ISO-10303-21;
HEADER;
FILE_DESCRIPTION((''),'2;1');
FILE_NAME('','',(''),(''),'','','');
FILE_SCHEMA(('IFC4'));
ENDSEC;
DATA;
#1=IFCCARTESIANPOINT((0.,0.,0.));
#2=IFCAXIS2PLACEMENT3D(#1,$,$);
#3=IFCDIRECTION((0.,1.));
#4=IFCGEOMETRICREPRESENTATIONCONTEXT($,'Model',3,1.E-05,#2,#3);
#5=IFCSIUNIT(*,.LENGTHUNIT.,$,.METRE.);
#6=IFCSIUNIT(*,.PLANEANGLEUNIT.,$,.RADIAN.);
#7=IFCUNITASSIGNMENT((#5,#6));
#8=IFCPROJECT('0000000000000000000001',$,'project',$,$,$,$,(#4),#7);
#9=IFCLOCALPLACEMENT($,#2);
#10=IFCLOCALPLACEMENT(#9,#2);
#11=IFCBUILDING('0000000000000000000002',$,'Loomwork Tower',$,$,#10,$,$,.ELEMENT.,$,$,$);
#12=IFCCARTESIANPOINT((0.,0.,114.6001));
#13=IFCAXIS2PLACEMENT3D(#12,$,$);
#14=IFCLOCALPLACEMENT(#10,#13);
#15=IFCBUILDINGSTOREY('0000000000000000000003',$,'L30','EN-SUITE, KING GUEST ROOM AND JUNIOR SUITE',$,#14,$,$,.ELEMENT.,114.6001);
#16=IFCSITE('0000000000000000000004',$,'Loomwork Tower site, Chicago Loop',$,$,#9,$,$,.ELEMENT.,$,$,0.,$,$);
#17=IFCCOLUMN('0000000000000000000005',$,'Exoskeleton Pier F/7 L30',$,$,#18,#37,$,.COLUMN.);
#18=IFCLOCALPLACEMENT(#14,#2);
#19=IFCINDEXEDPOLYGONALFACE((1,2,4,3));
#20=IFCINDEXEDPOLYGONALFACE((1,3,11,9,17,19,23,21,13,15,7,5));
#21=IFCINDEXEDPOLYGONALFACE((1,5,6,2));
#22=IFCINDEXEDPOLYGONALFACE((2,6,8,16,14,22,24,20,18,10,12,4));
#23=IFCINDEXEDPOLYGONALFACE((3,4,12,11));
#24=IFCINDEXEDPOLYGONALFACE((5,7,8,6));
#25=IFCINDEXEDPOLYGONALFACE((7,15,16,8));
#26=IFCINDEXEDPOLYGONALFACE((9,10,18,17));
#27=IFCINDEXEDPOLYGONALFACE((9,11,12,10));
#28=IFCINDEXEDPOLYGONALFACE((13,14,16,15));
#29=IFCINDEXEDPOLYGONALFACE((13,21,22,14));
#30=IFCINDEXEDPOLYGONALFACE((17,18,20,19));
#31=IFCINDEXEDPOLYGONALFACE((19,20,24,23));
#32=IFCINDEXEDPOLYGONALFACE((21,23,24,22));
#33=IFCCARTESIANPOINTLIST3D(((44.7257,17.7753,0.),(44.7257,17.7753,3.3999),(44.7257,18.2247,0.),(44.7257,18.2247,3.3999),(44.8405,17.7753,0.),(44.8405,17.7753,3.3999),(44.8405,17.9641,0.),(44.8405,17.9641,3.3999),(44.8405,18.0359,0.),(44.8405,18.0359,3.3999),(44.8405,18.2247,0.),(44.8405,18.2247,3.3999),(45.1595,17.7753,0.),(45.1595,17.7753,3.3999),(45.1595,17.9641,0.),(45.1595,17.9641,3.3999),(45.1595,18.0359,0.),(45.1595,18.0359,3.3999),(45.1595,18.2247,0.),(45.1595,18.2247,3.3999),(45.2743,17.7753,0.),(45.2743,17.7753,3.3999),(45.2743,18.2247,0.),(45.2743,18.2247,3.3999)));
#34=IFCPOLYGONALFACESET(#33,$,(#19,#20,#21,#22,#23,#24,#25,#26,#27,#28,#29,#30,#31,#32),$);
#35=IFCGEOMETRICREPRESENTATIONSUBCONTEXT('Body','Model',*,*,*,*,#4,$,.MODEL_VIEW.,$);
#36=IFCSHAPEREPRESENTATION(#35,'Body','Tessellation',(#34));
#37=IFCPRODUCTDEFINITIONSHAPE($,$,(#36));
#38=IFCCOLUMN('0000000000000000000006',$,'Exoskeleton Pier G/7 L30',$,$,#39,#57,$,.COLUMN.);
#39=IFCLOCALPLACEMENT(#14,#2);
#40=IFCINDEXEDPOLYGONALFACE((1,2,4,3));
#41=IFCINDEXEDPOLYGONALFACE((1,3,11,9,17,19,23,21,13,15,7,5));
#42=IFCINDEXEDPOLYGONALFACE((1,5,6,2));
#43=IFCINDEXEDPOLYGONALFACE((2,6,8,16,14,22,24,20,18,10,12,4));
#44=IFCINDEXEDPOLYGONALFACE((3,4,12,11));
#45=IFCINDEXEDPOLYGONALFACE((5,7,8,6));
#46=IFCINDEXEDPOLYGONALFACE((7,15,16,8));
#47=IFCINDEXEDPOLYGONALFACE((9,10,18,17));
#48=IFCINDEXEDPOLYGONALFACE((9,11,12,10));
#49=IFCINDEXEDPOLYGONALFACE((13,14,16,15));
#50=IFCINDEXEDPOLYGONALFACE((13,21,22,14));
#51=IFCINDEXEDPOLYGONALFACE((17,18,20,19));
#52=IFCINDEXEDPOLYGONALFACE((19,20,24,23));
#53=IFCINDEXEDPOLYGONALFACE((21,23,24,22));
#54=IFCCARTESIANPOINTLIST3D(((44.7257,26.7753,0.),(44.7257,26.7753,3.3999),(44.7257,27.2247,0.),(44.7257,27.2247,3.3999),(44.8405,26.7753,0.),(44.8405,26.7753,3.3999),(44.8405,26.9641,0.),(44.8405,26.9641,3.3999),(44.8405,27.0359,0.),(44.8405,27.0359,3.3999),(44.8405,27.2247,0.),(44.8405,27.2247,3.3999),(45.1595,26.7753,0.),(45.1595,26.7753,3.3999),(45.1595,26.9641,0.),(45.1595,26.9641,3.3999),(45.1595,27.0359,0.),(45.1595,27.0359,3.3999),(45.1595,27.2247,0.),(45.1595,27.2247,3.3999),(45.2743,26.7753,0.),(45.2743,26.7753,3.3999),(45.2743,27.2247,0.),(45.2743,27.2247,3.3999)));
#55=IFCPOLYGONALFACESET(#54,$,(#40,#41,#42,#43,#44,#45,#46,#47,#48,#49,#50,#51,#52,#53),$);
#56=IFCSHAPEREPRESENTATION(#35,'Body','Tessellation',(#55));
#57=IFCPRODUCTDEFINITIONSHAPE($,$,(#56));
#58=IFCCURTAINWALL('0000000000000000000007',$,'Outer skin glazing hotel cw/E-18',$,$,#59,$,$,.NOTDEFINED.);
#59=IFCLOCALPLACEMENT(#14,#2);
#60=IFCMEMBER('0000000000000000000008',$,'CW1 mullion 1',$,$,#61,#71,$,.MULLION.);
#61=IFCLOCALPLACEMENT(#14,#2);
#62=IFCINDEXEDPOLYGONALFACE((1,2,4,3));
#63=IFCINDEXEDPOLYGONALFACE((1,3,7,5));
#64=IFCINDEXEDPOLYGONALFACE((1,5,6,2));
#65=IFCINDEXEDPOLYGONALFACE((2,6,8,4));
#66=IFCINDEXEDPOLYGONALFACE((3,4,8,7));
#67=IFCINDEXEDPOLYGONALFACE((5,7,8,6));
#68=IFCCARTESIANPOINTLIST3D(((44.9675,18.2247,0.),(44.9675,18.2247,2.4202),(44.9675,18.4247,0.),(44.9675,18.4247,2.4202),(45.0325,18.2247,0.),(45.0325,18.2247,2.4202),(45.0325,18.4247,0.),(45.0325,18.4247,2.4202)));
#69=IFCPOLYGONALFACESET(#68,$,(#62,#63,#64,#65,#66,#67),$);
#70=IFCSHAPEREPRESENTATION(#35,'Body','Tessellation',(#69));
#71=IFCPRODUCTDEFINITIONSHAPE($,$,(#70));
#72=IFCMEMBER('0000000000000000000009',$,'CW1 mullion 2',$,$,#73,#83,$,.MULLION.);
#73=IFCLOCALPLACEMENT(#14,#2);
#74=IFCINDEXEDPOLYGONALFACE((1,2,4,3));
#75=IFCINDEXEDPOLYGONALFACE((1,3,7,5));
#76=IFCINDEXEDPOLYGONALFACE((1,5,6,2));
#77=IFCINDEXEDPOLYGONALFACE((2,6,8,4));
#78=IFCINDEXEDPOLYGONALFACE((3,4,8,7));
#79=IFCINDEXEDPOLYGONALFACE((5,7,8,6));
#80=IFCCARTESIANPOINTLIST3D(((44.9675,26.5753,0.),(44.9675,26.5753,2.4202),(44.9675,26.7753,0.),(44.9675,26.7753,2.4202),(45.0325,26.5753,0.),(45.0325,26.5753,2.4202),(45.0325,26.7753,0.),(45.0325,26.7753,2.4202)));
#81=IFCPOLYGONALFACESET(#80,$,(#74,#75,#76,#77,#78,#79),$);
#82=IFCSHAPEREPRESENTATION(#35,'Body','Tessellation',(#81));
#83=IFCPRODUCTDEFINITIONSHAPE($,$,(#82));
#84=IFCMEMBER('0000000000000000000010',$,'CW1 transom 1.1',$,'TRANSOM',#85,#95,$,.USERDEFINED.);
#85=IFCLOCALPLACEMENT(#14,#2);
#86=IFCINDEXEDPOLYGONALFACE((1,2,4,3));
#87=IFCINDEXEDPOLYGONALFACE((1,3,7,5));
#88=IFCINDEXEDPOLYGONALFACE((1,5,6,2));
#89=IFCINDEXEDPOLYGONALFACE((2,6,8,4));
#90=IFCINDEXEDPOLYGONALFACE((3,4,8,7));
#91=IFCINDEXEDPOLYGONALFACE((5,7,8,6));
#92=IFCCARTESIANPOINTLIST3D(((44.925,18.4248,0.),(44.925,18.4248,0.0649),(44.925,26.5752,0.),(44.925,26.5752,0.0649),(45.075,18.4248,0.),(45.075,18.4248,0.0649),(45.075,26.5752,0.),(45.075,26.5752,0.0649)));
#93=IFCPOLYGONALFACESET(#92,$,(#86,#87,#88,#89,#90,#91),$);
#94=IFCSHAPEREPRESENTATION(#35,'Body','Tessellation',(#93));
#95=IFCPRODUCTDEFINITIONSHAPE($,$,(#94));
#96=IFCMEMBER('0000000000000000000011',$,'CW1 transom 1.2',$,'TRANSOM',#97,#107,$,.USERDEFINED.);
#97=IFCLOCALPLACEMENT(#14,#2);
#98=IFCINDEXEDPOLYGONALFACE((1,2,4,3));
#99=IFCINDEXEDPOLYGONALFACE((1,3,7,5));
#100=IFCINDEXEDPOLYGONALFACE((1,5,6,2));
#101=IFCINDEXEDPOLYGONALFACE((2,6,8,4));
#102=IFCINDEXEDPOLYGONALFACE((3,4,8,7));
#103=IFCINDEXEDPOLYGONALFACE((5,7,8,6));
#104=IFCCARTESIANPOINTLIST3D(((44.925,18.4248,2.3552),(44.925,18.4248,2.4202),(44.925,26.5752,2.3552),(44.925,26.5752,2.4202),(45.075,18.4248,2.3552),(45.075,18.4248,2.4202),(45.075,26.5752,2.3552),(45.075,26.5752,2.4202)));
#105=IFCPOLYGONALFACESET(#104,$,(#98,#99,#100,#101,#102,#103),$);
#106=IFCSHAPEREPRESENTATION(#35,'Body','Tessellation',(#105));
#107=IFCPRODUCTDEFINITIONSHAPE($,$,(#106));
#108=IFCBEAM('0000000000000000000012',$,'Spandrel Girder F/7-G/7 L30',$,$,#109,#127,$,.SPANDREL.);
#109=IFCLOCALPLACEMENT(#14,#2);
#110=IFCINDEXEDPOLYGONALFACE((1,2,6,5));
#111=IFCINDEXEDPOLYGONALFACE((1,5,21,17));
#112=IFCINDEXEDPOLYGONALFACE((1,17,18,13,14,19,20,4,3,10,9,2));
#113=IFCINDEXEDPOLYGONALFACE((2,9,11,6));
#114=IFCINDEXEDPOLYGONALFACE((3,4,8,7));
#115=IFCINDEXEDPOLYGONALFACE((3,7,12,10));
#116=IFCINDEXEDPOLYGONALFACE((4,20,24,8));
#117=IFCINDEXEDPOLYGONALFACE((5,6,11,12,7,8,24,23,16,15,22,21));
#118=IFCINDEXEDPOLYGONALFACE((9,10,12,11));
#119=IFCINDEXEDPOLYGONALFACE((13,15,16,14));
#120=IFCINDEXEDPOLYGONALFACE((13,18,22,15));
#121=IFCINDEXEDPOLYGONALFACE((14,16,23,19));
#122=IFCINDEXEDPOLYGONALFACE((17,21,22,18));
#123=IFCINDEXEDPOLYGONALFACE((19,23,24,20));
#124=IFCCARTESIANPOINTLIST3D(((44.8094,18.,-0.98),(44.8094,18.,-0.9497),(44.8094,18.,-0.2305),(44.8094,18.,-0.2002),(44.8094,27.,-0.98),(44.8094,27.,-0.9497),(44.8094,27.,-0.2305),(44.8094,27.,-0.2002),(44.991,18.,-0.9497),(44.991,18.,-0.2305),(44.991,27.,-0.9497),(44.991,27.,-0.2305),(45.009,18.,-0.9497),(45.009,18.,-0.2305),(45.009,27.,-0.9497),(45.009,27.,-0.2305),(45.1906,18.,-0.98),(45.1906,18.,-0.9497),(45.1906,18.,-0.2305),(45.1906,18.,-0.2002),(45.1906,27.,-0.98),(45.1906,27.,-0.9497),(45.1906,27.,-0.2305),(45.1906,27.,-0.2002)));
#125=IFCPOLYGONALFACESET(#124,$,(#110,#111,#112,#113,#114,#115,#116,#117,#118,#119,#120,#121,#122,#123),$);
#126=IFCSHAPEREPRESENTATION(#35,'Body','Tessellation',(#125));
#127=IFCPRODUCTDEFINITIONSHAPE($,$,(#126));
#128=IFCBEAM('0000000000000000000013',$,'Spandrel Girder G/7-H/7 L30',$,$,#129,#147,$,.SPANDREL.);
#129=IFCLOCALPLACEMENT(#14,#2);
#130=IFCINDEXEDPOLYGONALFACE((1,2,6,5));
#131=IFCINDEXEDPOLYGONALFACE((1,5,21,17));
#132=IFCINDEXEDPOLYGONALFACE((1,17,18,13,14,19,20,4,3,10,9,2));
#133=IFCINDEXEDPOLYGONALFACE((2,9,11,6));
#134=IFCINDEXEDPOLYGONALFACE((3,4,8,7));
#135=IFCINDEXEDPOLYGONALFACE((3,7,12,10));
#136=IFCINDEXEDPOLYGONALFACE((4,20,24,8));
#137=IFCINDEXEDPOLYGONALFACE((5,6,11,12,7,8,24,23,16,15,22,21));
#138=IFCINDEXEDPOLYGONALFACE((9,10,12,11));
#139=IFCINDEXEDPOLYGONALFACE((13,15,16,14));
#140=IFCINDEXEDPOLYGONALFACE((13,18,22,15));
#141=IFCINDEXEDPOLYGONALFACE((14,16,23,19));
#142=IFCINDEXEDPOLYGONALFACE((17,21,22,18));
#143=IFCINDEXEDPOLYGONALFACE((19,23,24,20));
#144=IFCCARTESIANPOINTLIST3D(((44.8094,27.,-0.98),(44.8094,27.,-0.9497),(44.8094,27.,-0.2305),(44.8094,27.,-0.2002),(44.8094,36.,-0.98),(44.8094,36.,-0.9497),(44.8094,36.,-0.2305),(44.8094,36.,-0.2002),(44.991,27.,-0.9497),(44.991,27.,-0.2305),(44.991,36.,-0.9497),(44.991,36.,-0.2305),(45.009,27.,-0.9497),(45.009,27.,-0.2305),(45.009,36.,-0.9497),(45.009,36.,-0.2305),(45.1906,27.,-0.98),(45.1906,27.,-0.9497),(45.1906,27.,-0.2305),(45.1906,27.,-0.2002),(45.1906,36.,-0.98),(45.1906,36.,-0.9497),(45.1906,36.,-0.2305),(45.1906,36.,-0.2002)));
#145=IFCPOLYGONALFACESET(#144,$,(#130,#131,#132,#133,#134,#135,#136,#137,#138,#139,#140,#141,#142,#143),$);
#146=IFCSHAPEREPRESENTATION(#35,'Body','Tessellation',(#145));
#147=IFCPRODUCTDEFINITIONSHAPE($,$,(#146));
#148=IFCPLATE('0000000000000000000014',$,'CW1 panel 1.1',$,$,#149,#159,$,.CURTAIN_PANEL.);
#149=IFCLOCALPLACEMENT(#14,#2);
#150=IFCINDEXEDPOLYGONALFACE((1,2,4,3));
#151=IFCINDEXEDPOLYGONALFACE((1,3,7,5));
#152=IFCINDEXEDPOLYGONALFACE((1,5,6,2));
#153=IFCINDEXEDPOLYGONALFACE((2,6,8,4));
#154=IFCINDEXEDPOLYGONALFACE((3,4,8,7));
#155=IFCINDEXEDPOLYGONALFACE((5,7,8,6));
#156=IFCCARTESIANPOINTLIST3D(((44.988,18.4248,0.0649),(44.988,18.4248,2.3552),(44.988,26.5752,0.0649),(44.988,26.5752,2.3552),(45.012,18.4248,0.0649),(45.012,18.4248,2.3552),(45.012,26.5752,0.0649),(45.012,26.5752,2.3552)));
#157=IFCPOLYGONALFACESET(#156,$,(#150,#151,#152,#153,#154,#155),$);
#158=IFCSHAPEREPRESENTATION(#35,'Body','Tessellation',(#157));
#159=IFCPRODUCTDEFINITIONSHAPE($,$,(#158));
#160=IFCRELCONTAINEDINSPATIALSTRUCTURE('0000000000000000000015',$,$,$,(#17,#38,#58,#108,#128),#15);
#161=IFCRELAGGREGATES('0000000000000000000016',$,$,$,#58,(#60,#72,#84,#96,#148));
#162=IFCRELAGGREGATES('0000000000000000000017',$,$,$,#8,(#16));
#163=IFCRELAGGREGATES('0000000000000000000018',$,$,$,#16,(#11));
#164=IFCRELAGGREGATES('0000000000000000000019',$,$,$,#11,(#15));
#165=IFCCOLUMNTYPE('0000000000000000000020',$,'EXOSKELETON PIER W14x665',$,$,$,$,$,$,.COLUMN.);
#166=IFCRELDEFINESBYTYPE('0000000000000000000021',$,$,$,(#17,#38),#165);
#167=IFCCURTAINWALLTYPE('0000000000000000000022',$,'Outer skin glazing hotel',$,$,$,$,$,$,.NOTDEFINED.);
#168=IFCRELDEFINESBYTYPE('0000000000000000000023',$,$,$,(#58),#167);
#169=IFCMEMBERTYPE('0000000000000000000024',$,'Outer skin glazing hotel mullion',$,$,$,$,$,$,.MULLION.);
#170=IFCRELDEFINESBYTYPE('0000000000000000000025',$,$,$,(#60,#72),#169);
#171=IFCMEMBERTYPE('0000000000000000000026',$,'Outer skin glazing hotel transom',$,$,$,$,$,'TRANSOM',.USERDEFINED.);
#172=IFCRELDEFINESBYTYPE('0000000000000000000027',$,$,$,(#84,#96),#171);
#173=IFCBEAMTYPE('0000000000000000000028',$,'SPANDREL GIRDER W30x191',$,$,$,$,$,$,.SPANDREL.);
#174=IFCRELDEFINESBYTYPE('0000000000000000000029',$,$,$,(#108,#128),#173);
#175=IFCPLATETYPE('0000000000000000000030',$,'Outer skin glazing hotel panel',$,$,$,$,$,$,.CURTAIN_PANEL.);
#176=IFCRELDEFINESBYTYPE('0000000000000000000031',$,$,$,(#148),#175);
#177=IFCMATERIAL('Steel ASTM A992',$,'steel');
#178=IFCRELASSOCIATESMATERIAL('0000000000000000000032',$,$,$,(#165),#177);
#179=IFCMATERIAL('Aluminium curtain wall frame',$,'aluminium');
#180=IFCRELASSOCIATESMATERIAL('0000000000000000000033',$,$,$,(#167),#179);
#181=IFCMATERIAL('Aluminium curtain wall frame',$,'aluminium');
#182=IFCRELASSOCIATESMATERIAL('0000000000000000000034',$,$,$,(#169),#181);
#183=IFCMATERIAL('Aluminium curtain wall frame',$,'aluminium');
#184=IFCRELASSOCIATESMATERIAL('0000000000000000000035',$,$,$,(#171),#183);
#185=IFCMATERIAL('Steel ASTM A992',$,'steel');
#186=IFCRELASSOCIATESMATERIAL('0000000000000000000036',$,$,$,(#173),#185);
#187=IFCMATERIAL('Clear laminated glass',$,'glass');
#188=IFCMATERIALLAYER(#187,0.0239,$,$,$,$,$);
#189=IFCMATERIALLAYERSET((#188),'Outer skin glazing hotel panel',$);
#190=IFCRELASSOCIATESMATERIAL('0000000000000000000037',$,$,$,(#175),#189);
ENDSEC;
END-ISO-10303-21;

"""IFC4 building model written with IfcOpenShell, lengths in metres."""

from ifc_helpers import new_model, si_unit, direction, frame, origin, origin_2d, place, context, subcontext, project, spatial, rectangle, i_section, extrude, material, layer, layer_set, material_profile, profile_set, type_object, element, aggregate, save


model = new_model("IFC4")

# Units and contexts
model_context = context("Model", 3, precision=1e-05, world=origin(), true_north=direction((0.0, 1.0)))
body_context = subcontext(model_context, "Body", "Model", "MODEL_VIEW")
ifc_project = project(units=[si_unit("LENGTHUNIT", "METRE"), si_unit("PLANEANGLEUNIT", "RADIAN")], contexts=[model_context])

# Site, building, storey
site_placement = place(None, origin())
site = spatial("IfcSite", under=ifc_project, at=site_placement, Name="Loomwork Tower site, Chicago Loop", CompositionType="ELEMENT", RefElevation=0.0)
building_placement = place(site_placement, origin())
building = spatial("IfcBuilding", under=site, at=building_placement, Name="Loomwork Tower", CompositionType="ELEMENT")
storey_placement = place(building_placement, frame((0.0, 0.0, 114.6001)))
storey = spatial("IfcBuildingStorey", under=building, at=storey_placement, Name="L30", Description="EN-SUITE, KING GUEST ROOM AND JUNIOR SUITE", CompositionType="ELEMENT", Elevation=114.6001)

# Columns
ifc_material_1 = material(Name="Steel ASTM A992", Category="steel")
ifc_material_profile_1 = material_profile(ifc_material_1, i_section(OverallWidth=0.4495, OverallDepth=0.5486, WebThickness=0.0718, FlangeThickness=0.1147, at=origin_2d()), Name="W14x665")
ifc_profile_set_1 = profile_set([ifc_material_profile_1], Name="Steel ASTM A992")
column_type = type_object("IfcColumnType", Name="EXOSKELETON PIER W14x665", PredefinedType="COLUMN", material=ifc_profile_set_1)
for number, where, z_axis, x_axis, name in (
    (1, (45.0, 18.0, 0.0), (0.0, 0.0, 1.0), (0.0, 1.0, 0.0), "Exoskeleton Pier F/7 L30"),
    (2, (45.0, 27.0, 0.0), (0.0, 0.0, 1.0), (0.0, 1.0, 0.0), "Exoskeleton Pier G/7 L30"),
):
    element("IfcColumn", number, at=place(storey_placement, frame(where, z_axis=z_axis, x_axis=x_axis)), inside=storey, type_object=column_type, Name=name, PredefinedType="COLUMN", context=body_context, shape_type="SweptSolid", body=[
        extrude(i_section(OverallWidth=0.4495, OverallDepth=0.5486, WebThickness=0.0718, FlangeThickness=0.1147, at=origin_2d()), origin(), (0.0, 0.0, 1.0), 3.3999),
    ])

# Curtain wall, members
ifc_material_2 = material(Name="Aluminium curtain wall frame", Category="aluminium")
curtain_wall_type = type_object("IfcCurtainWallType", Name="Outer skin glazing hotel", PredefinedType="NOTDEFINED", material=ifc_material_2)
curtain_wall_placement = place(storey_placement, origin())
curtain_wall = element("IfcCurtainWall", 3, at=curtain_wall_placement, inside=storey, type_object=curtain_wall_type, Name="Outer skin glazing hotel cw/E-18", PredefinedType="NOTDEFINED")
ifc_material_3 = material(Name="Aluminium curtain wall frame", Category="aluminium")
ifc_material_profile_2 = material_profile(ifc_material_3, rectangle(XDim=0.0649, YDim=0.2, at=origin_2d()), Name="AL 65x200")
ifc_profile_set_2 = profile_set([ifc_material_profile_2], Name="Aluminium curtain wall frame")
member_type_1 = type_object("IfcMemberType", Name="Outer skin glazing hotel mullion", PredefinedType="MULLION", material=ifc_profile_set_2)
member_1_placement = place(storey_placement, frame((45.0, 18.3247, 0.0), z_axis=(0.0, 0.0, 1.0), x_axis=(-1.0, 0.0, 0.0)))
member_1 = element("IfcMember", 4, at=member_1_placement, type_object=member_type_1, Name="CW1 mullion 1", PredefinedType="MULLION", context=body_context, shape_type="SweptSolid", body=[
    extrude(rectangle(XDim=0.0649, YDim=0.2, at=origin_2d()), origin(), (0.0, 0.0, 1.0), 2.4202),
])
member_2_placement = place(storey_placement, frame((45.0, 26.6753, 0.0), z_axis=(0.0, 0.0, 1.0), x_axis=(-1.0, 0.0, 0.0)))
member_2 = element("IfcMember", 5, at=member_2_placement, type_object=member_type_1, Name="CW1 mullion 2", PredefinedType="MULLION", context=body_context, shape_type="SweptSolid", body=[
    extrude(rectangle(XDim=0.0649, YDim=0.2, at=origin_2d()), origin(), (0.0, 0.0, 1.0), 2.4202),
])
ifc_material_4 = material(Name="Aluminium curtain wall frame", Category="aluminium")
ifc_material_profile_3 = material_profile(ifc_material_4, rectangle(XDim=0.1499, YDim=0.0649, at=origin_2d()), Name="AL 65x150")
ifc_profile_set_3 = profile_set([ifc_material_profile_3], Name="Aluminium curtain wall frame")
member_type_2 = type_object("IfcMemberType", Name="Outer skin glazing hotel transom", ElementType="TRANSOM", PredefinedType="USERDEFINED", material=ifc_profile_set_3)
member_3_placement = place(storey_placement, frame((45.0, 18.4248, 0.0325), z_axis=(0.0, 1.0, 0.0), x_axis=(-1.0, 0.0, 0.0)))
member_3 = element("IfcMember", 6, at=member_3_placement, type_object=member_type_2, Name="CW1 transom 1.1", ObjectType="TRANSOM", PredefinedType="USERDEFINED", context=body_context, shape_type="SweptSolid", body=[
    extrude(rectangle(XDim=0.1499, YDim=0.0649, at=origin_2d()), origin(), (0.0, 0.0, 1.0), 8.1504),
])
member_4_placement = place(storey_placement, frame((45.0, 18.4248, 2.3877), z_axis=(0.0, 1.0, 0.0), x_axis=(-1.0, 0.0, 0.0)))
member_4 = element("IfcMember", 7, at=member_4_placement, type_object=member_type_2, Name="CW1 transom 1.2", ObjectType="TRANSOM", PredefinedType="USERDEFINED", context=body_context, shape_type="SweptSolid", body=[
    extrude(rectangle(XDim=0.1499, YDim=0.0649, at=origin_2d()), origin(), (0.0, 0.0, 1.0), 8.1504),
])

# Beams
ifc_material_5 = material(Name="Steel ASTM A992", Category="steel")
ifc_material_profile_4 = material_profile(ifc_material_5, i_section(OverallWidth=0.3811, OverallDepth=0.7798, WebThickness=0.0181, FlangeThickness=0.0303, at=origin_2d()), Name="W30x191")
ifc_profile_set_4 = profile_set([ifc_material_profile_4], Name="Steel ASTM A992")
beam_type = type_object("IfcBeamType", Name="SPANDREL GIRDER W30x191", PredefinedType="SPANDREL", material=ifc_profile_set_4)
for number, where, z_axis, x_axis, name in (
    (8, (45.0, 18.0, -0.5901), (0.0, 1.0, 0.0), (-1.0, 0.0, 0.0), "Spandrel Girder F/7-G/7 L30"),
    (9, (45.0, 27.0, -0.5901), (0.0, 1.0, 0.0), (-1.0, 0.0, 0.0), "Spandrel Girder G/7-H/7 L30"),
):
    element("IfcBeam", number, at=place(storey_placement, frame(where, z_axis=z_axis, x_axis=x_axis)), inside=storey, type_object=beam_type, Name=name, PredefinedType="SPANDREL", context=body_context, shape_type="SweptSolid", body=[
        extrude(i_section(OverallWidth=0.3811, OverallDepth=0.7798, WebThickness=0.0181, FlangeThickness=0.0303, at=origin_2d()), origin(), (0.0, 0.0, 1.0), 9.0),
    ])

# Plate
ifc_material_6 = material(Name="Clear laminated glass", Category="glass")
ifc_layer_1 = layer(ifc_material_6, 0.0239)
ifc_layer_set_1 = layer_set([ifc_layer_1], Name="Outer skin glazing hotel panel")
plate_type = type_object("IfcPlateType", Name="Outer skin glazing hotel panel", PredefinedType="CURTAIN_PANEL", material=ifc_layer_set_1)
plate_placement = place(storey_placement, frame((45.0, 22.5, 0.0649), z_axis=(0.0, 0.0, 1.0), x_axis=(0.0, 1.0, 0.0)))
plate = element("IfcPlate", 10, at=plate_placement, type_object=plate_type, Name="CW1 panel 1.1", PredefinedType="CURTAIN_PANEL", context=body_context, shape_type="SweptSolid", body=[
    extrude(rectangle(XDim=8.1504, YDim=0.0239, at=origin_2d()), origin(), (0.0, 0.0, 1.0), 2.2903),
])
aggregate(curtain_wall, [member_1, member_2, member_3, member_4, plate])

save(model, "model.ifc")
